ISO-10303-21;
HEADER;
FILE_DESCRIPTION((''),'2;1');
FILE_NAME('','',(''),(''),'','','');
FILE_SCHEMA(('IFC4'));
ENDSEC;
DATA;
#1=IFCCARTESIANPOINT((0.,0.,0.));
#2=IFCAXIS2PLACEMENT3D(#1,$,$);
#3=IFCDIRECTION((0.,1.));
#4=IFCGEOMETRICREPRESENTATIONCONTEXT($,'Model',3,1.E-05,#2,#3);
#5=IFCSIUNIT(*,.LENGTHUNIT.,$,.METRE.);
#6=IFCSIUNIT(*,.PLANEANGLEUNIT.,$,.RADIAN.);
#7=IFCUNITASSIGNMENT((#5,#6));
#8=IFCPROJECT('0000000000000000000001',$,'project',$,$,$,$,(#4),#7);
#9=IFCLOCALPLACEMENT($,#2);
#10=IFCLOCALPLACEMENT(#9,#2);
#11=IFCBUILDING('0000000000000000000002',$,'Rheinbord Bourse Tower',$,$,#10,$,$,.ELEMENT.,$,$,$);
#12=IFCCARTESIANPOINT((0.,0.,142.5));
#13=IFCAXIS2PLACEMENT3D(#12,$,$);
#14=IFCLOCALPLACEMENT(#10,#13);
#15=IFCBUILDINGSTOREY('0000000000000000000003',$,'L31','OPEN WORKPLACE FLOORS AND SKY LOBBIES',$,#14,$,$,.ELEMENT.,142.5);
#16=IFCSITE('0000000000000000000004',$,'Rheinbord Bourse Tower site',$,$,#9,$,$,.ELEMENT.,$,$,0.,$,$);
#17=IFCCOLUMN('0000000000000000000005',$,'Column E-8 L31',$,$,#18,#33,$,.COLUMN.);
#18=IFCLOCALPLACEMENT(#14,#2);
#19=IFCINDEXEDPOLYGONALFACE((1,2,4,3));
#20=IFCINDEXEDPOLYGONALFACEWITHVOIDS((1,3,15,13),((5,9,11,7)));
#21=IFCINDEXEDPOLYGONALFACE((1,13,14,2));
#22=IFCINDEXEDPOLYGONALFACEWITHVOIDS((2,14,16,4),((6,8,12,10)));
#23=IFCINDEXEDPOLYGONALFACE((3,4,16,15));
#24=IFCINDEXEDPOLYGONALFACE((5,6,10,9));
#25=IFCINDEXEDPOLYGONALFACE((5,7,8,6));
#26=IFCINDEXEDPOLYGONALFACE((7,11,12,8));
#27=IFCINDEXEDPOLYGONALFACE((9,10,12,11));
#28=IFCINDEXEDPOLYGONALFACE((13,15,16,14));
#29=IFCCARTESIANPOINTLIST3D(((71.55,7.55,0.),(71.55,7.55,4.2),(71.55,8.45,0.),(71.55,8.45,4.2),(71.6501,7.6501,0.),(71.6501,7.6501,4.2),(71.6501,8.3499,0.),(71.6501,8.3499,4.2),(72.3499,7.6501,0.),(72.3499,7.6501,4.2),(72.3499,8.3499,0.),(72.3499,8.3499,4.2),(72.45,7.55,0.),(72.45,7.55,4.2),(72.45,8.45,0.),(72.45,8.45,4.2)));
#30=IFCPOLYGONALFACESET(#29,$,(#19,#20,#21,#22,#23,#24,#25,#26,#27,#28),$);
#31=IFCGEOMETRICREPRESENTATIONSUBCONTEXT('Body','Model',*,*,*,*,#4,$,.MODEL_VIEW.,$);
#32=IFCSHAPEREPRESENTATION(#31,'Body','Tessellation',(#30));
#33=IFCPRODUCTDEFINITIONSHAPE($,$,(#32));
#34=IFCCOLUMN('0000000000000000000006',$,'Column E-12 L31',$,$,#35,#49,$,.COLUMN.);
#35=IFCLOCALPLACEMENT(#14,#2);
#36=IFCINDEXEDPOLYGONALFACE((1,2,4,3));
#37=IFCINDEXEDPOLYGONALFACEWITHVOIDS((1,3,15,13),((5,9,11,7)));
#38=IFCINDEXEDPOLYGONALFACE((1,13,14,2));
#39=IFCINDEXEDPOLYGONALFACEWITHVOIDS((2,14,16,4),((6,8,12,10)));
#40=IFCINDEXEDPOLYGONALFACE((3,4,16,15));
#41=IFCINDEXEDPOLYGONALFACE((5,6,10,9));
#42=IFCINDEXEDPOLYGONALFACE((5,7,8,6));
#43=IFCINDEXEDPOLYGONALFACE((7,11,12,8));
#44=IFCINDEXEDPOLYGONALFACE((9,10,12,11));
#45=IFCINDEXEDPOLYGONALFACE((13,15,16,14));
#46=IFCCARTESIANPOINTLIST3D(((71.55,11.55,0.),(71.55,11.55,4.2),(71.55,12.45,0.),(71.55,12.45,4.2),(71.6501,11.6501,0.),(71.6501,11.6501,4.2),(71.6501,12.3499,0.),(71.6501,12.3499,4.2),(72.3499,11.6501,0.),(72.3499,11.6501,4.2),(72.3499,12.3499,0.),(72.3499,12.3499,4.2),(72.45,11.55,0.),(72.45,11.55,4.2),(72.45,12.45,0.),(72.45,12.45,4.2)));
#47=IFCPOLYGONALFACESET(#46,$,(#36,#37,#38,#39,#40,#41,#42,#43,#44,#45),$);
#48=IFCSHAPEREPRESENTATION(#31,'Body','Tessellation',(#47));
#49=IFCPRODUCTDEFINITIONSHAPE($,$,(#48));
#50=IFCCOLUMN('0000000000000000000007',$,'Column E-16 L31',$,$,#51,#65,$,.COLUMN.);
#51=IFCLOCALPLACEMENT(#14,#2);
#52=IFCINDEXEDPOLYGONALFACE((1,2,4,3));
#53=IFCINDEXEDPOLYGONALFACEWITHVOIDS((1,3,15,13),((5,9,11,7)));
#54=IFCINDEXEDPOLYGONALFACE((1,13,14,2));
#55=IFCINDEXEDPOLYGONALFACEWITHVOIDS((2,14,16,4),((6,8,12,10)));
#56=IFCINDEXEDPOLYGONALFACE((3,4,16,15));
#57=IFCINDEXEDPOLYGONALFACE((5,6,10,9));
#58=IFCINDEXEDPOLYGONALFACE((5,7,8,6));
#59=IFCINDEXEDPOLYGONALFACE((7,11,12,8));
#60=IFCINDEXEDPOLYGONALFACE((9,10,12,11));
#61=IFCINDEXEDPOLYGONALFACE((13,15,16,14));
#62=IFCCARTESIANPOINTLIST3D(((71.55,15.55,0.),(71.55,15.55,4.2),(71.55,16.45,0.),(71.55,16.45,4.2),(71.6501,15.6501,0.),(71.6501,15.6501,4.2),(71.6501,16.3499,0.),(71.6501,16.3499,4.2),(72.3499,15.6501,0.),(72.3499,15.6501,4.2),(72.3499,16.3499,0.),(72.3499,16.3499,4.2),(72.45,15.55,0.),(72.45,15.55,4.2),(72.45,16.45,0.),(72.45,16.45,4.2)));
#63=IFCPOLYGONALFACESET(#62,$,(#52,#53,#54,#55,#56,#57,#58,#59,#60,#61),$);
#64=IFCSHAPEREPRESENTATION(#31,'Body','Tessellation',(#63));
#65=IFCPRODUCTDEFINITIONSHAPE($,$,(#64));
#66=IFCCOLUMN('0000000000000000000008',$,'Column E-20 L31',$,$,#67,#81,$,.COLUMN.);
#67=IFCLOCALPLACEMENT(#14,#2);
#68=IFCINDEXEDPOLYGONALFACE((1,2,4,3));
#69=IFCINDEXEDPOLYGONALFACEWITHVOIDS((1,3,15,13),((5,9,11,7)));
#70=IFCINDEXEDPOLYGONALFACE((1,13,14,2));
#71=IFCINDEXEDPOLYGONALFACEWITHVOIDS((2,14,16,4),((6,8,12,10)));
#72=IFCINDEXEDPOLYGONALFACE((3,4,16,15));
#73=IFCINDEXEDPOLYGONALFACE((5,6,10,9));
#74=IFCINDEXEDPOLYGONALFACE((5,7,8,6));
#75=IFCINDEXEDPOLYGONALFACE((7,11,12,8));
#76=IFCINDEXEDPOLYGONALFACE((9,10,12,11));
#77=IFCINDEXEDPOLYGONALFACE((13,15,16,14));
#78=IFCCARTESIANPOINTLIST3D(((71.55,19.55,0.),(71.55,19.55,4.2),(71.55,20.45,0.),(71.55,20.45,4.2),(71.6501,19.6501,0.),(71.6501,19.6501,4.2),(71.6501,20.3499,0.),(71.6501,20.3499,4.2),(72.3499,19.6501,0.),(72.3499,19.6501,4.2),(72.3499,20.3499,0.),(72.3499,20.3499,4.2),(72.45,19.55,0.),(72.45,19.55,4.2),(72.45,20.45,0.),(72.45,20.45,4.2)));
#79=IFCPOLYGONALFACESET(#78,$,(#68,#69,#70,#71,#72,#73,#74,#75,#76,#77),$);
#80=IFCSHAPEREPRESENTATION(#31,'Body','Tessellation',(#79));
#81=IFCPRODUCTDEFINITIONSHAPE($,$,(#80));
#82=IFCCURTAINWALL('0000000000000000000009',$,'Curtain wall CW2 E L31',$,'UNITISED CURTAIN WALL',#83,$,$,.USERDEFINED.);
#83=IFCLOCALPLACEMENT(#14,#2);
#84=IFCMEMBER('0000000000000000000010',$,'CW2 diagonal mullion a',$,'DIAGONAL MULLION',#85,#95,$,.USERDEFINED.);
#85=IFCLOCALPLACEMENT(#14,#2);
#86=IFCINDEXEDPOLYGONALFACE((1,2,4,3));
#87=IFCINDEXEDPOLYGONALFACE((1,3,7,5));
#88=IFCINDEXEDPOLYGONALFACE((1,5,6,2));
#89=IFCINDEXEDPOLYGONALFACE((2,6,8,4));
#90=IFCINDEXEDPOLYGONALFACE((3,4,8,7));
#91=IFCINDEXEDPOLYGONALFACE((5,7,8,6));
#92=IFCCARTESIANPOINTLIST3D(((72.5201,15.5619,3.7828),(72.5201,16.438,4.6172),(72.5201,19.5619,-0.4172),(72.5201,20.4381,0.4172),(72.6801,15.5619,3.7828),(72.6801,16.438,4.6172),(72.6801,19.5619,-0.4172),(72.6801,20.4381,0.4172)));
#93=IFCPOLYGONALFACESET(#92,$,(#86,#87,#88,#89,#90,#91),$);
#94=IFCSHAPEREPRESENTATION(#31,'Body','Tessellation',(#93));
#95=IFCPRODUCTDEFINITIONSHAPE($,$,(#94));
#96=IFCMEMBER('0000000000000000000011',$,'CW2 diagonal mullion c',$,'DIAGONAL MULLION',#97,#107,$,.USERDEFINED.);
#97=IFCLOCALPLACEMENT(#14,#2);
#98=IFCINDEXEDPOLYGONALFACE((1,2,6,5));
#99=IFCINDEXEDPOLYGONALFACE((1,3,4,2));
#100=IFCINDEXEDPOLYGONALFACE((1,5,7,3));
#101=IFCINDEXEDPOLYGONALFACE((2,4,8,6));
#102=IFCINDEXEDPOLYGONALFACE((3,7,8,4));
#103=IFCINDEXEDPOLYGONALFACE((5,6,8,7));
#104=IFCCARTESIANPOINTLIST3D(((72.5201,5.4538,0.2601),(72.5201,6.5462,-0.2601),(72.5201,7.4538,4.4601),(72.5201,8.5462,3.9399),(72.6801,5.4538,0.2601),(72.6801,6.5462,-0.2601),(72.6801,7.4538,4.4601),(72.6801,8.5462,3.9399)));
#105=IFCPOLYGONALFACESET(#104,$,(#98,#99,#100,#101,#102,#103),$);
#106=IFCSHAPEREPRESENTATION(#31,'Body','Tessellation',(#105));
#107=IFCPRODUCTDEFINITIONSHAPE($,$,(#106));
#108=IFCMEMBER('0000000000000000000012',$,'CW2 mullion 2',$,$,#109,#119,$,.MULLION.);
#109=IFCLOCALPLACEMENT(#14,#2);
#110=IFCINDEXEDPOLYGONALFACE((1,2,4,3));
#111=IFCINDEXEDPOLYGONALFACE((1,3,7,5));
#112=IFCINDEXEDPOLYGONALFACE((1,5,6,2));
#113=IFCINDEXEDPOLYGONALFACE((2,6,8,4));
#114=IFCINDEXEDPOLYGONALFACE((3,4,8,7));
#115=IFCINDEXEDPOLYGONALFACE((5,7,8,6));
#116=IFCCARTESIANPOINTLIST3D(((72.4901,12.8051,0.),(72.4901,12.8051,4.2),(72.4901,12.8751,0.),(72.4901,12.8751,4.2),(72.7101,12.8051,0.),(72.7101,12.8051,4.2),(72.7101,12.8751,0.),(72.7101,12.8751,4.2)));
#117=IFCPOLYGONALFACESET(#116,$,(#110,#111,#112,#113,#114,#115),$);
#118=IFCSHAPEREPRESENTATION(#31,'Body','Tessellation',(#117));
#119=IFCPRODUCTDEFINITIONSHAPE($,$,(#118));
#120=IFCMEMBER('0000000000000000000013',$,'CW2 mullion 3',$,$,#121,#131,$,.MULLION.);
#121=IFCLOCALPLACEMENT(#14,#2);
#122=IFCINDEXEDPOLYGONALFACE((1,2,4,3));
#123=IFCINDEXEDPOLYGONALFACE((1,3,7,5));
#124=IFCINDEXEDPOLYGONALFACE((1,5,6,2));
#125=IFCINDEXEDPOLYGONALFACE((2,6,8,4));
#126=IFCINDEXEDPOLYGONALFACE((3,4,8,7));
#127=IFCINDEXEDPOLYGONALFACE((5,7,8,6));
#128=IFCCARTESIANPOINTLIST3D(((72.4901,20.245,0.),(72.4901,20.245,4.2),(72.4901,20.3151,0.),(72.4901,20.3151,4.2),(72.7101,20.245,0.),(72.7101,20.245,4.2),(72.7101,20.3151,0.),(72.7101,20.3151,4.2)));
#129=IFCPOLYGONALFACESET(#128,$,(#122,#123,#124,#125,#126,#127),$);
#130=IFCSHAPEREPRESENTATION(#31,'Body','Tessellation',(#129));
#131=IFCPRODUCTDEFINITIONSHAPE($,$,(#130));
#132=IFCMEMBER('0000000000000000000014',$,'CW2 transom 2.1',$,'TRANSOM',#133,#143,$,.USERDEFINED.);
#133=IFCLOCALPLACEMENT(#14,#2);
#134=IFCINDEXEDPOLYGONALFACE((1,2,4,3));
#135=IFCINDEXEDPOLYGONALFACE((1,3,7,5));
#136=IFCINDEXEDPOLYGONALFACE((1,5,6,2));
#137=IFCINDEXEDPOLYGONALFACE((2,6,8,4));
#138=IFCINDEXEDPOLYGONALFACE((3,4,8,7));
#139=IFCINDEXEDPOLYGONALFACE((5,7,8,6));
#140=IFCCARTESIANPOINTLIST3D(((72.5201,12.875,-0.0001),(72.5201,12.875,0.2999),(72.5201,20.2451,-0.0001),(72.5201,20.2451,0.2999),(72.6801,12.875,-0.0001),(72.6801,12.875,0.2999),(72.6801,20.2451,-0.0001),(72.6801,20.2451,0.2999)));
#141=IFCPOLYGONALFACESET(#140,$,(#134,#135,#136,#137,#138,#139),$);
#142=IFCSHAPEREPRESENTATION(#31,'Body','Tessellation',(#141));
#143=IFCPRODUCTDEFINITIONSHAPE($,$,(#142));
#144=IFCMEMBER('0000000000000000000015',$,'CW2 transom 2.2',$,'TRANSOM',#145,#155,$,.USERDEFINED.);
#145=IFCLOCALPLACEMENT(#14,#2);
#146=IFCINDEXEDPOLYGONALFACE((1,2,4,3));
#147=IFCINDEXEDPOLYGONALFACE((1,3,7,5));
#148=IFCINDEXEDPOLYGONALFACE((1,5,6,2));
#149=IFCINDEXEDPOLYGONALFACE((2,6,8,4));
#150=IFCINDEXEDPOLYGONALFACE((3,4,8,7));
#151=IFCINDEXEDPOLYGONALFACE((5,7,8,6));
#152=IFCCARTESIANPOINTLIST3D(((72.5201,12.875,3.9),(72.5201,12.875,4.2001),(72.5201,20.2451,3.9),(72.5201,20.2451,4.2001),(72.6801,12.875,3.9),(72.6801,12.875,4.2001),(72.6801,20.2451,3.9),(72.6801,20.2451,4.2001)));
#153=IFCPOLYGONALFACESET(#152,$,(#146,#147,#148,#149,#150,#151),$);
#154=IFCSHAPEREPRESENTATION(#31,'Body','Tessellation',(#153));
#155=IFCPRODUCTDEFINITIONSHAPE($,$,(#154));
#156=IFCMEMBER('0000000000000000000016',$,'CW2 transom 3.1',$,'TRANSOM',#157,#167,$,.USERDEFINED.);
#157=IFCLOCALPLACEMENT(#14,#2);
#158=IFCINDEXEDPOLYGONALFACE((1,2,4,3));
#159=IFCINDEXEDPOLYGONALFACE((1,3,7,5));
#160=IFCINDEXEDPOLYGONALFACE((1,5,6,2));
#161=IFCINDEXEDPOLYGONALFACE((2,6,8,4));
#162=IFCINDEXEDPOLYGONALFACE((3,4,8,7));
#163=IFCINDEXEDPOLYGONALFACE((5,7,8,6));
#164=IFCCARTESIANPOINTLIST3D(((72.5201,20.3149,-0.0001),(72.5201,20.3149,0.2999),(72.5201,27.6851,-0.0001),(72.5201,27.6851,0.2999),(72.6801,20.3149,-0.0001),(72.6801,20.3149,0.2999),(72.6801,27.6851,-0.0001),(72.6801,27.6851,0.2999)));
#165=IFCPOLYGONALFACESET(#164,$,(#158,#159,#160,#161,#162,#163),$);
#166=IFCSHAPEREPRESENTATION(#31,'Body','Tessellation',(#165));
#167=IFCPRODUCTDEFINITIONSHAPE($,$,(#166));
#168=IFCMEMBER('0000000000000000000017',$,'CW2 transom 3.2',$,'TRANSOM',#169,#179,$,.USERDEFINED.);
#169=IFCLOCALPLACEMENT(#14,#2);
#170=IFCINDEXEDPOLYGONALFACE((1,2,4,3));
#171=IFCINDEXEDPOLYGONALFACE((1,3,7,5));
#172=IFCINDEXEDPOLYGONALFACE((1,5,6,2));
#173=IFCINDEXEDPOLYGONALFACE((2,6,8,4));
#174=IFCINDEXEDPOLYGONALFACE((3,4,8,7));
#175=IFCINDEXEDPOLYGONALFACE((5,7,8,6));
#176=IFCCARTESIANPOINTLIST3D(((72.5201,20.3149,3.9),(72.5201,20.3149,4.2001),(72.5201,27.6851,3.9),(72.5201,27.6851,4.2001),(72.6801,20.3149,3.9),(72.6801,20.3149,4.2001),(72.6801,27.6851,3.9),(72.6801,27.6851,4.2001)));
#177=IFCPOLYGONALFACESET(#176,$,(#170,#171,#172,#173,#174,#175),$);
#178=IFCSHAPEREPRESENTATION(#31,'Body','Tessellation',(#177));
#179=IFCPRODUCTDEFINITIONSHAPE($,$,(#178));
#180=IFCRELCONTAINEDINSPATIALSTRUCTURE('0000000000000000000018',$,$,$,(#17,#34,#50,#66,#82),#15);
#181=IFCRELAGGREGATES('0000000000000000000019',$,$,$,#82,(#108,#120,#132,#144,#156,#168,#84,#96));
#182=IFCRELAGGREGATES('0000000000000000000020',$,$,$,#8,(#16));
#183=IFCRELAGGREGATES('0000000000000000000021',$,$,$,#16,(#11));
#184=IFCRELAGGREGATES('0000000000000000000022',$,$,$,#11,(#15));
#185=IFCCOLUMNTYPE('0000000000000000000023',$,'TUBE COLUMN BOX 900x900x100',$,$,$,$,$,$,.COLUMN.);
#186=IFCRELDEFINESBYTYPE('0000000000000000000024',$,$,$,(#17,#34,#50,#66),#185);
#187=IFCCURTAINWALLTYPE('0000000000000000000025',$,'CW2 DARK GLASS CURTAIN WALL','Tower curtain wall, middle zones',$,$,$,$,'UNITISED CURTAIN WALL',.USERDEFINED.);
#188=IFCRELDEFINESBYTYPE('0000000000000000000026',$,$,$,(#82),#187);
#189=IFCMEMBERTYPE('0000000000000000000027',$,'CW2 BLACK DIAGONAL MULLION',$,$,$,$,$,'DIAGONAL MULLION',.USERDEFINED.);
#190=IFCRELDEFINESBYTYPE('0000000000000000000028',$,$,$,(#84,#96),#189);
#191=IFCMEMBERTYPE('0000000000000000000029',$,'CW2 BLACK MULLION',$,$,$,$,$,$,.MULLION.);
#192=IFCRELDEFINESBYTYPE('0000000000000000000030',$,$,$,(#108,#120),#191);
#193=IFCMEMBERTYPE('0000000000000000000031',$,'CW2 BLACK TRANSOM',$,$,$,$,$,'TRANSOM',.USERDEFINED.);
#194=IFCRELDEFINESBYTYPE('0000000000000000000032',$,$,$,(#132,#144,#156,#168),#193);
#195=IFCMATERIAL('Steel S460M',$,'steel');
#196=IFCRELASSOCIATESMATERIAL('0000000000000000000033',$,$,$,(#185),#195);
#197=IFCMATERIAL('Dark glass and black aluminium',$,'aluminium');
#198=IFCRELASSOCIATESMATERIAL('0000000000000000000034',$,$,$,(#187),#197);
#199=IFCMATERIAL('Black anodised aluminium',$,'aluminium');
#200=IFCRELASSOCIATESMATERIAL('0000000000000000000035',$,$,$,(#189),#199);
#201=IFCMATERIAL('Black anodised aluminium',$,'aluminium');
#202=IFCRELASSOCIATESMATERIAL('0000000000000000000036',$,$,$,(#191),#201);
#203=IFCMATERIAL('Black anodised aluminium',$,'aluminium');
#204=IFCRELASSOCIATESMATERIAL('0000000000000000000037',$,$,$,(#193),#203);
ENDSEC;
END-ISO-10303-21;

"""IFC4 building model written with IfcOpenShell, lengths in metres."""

from ifc_helpers import new_model, si_unit, direction, frame, origin, origin_2d, place, context, subcontext, project, spatial, rectangle, hollow_rectangle, extrude, material, material_profile, profile_set, type_object, element, aggregate, save


model = new_model("IFC4")

# Units and contexts
model_context = context("Model", 3, precision=1e-05, world=origin(), true_north=direction((0.0, 1.0)))
body_context = subcontext(model_context, "Body", "Model", "MODEL_VIEW")
ifc_project = project(units=[si_unit("LENGTHUNIT", "METRE"), si_unit("PLANEANGLEUNIT", "RADIAN")], contexts=[model_context])

# Site, building, storey
site_placement = place(None, origin())
site = spatial("IfcSite", under=ifc_project, at=site_placement, Name="Rheinbord Bourse Tower site", CompositionType="ELEMENT", RefElevation=0.0)
building_placement = place(site_placement, origin())
building = spatial("IfcBuilding", under=site, at=building_placement, Name="Rheinbord Bourse Tower", CompositionType="ELEMENT")
storey_placement = place(building_placement, frame((0.0, 0.0, 142.5)))
storey = spatial("IfcBuildingStorey", under=building, at=storey_placement, Name="L31", Description="OPEN WORKPLACE FLOORS AND SKY LOBBIES", CompositionType="ELEMENT", Elevation=142.5)

# Columns
ifc_material_1 = material(Name="Steel S460M", Category="steel")
ifc_material_profile_1 = material_profile(ifc_material_1, hollow_rectangle(XDim=0.8999, YDim=0.8999, WallThickness=0.1001, at=origin_2d()), Name="BOX 900x900x100")
ifc_profile_set_1 = profile_set([ifc_material_profile_1], Name="Steel S460M")
column_type = type_object("IfcColumnType", Name="TUBE COLUMN BOX 900x900x100", PredefinedType="COLUMN", material=ifc_profile_set_1)
for number, where, z_axis, x_axis, name in (
    (1, (72.0, 8.0, 0.0), (0.0, 0.0, 1.0), (1.0, 0.0, 0.0), "Column E-8 L31"),
    (2, (72.0, 12.0, 0.0), (0.0, 0.0, 1.0), (1.0, 0.0, 0.0), "Column E-12 L31"),
    (3, (72.0, 16.0, 0.0), (0.0, 0.0, 1.0), (1.0, 0.0, 0.0), "Column E-16 L31"),
    (4, (72.0, 20.0, 0.0), (0.0, 0.0, 1.0), (1.0, 0.0, 0.0), "Column E-20 L31"),
):
    element("IfcColumn", number, at=place(storey_placement, frame(where, z_axis=z_axis, x_axis=x_axis)), inside=storey, type_object=column_type, Name=name, PredefinedType="COLUMN", context=body_context, shape_type="SweptSolid", body=[
        extrude(hollow_rectangle(XDim=0.8999, YDim=0.8999, WallThickness=0.1001, at=origin_2d()), origin(), (0.0, 0.0, 1.0), 4.2),
    ])

# Curtain wall, members
ifc_material_2 = material(Name="Dark glass and black aluminium", Category="aluminium")
curtain_wall_type = type_object("IfcCurtainWallType", Name="CW2 DARK GLASS CURTAIN WALL", Description="Tower curtain wall, middle zones", ElementType="UNITISED CURTAIN WALL", PredefinedType="USERDEFINED", material=ifc_material_2)
curtain_wall_placement = place(storey_placement, origin())
curtain_wall = element("IfcCurtainWall", 5, at=curtain_wall_placement, inside=storey, type_object=curtain_wall_type, Name="Curtain wall CW2 E L31", ObjectType="UNITISED CURTAIN WALL", PredefinedType="USERDEFINED")
ifc_material_3 = material(Name="Black anodised aluminium", Category="aluminium")
ifc_material_profile_2 = material_profile(ifc_material_3, rectangle(XDim=0.1599, YDim=1.21, at=origin_2d()), Name="CW2 DIAGONAL MULLION 1210x160")
ifc_profile_set_2 = profile_set([ifc_material_profile_2], Name="Black anodised aluminium")
member_type_1 = type_object("IfcMemberType", Name="CW2 BLACK DIAGONAL MULLION", ElementType="DIAGONAL MULLION", PredefinedType="USERDEFINED", material=ifc_profile_set_2)
member_1_placement = place(storey_placement, frame((72.6001, 20.0, 0.0), z_axis=(0.0, -0.689659, 0.724134), x_axis=(1.0, 0.0, 0.0)))
member_1 = element("IfcMember", 6, at=member_1_placement, type_object=member_type_1, Name="CW2 diagonal mullion a", ObjectType="DIAGONAL MULLION", PredefinedType="USERDEFINED", context=body_context, shape_type="SweptSolid", body=[
    extrude(rectangle(XDim=0.1599, YDim=1.21, at=origin_2d()), origin(), (0.0, 0.0, 1.0), 5.8),
])
member_2_placement = place(storey_placement, frame((72.6001, 6.0, 0.0), z_axis=(0.0, 0.429938, 0.902859), x_axis=(-1.0, 0.0, 0.0)))
member_2 = element("IfcMember", 7, at=member_2_placement, type_object=member_type_1, Name="CW2 diagonal mullion c", ObjectType="DIAGONAL MULLION", PredefinedType="USERDEFINED", context=body_context, shape_type="SweptSolid", body=[
    extrude(rectangle(XDim=0.1599, YDim=1.21, at=origin_2d()), origin(), (0.0, 0.0, 1.0), 4.6519),
])
ifc_material_4 = material(Name="Black anodised aluminium", Category="aluminium")
ifc_material_profile_3 = material_profile(ifc_material_4, rectangle(XDim=0.22, YDim=0.0701, at=origin_2d()), Name="CW2 MULLION 70x220")
ifc_profile_set_3 = profile_set([ifc_material_profile_3], Name="Black anodised aluminium")
member_type_2 = type_object("IfcMemberType", Name="CW2 BLACK MULLION", PredefinedType="MULLION", material=ifc_profile_set_3)
member_3_placement = place(storey_placement, frame((72.6001, 12.8401, 0.0), z_axis=(0.0, 0.0, 1.0), x_axis=(-1.0, 0.0, 0.0)))
member_3 = element("IfcMember", 8, at=member_3_placement, type_object=member_type_2, Name="CW2 mullion 2", PredefinedType="MULLION", context=body_context, shape_type="SweptSolid", body=[
    extrude(rectangle(XDim=0.22, YDim=0.0701, at=origin_2d()), origin(), (0.0, 0.0, 1.0), 4.2),
])
member_4_placement = place(storey_placement, frame((72.6001, 20.28, 0.0), z_axis=(0.0, 0.0, 1.0), x_axis=(-1.0, 0.0, 0.0)))
member_4 = element("IfcMember", 9, at=member_4_placement, type_object=member_type_2, Name="CW2 mullion 3", PredefinedType="MULLION", context=body_context, shape_type="SweptSolid", body=[
    extrude(rectangle(XDim=0.22, YDim=0.0701, at=origin_2d()), origin(), (0.0, 0.0, 1.0), 4.2),
])
ifc_material_5 = material(Name="Black anodised aluminium", Category="aluminium")
ifc_material_profile_4 = material_profile(ifc_material_5, rectangle(XDim=0.1599, YDim=0.3, at=origin_2d()), Name="CW2 TRANSOM 300x160")
ifc_profile_set_4 = profile_set([ifc_material_profile_4], Name="Black anodised aluminium")
member_type_3 = type_object("IfcMemberType", Name="CW2 BLACK TRANSOM", ElementType="TRANSOM", PredefinedType="USERDEFINED", material=ifc_profile_set_4)
member_5_placement = place(storey_placement, frame((72.6001, 12.875, 0.1499), z_axis=(0.0, 1.0, 0.0), x_axis=(-1.0, 0.0, 0.0)))
member_5 = element("IfcMember", 10, at=member_5_placement, type_object=member_type_3, Name="CW2 transom 2.1", ObjectType="TRANSOM", PredefinedType="USERDEFINED", context=body_context, shape_type="SweptSolid", body=[
    extrude(rectangle(XDim=0.1599, YDim=0.3, at=origin_2d()), origin(), (0.0, 0.0, 1.0), 7.3701),
])
member_6_placement = place(storey_placement, frame((72.6001, 12.875, 4.05), z_axis=(0.0, 1.0, 0.0), x_axis=(-1.0, 0.0, 0.0)))
member_6 = element("IfcMember", 11, at=member_6_placement, type_object=member_type_3, Name="CW2 transom 2.2", ObjectType="TRANSOM", PredefinedType="USERDEFINED", context=body_context, shape_type="SweptSolid", body=[
    extrude(rectangle(XDim=0.1599, YDim=0.3, at=origin_2d()), origin(), (0.0, 0.0, 1.0), 7.3701),
])
member_7_placement = place(storey_placement, frame((72.6001, 20.3149, 0.1499), z_axis=(0.0, 1.0, 0.0), x_axis=(-1.0, 0.0, 0.0)))
member_7 = element("IfcMember", 12, at=member_7_placement, type_object=member_type_3, Name="CW2 transom 3.1", ObjectType="TRANSOM", PredefinedType="USERDEFINED", context=body_context, shape_type="SweptSolid", body=[
    extrude(rectangle(XDim=0.1599, YDim=0.3, at=origin_2d()), origin(), (0.0, 0.0, 1.0), 7.3701),
])
member_8_placement = place(storey_placement, frame((72.6001, 20.3149, 4.05), z_axis=(0.0, 1.0, 0.0), x_axis=(-1.0, 0.0, 0.0)))
member_8 = element("IfcMember", 13, at=member_8_placement, type_object=member_type_3, Name="CW2 transom 3.2", ObjectType="TRANSOM", PredefinedType="USERDEFINED", context=body_context, shape_type="SweptSolid", body=[
    extrude(rectangle(XDim=0.1599, YDim=0.3, at=origin_2d()), origin(), (0.0, 0.0, 1.0), 7.3701),
])

aggregate(curtain_wall, [member_3, member_4, member_5, member_6, member_7, member_8, member_1, member_2])

save(model, "model.ifc")
